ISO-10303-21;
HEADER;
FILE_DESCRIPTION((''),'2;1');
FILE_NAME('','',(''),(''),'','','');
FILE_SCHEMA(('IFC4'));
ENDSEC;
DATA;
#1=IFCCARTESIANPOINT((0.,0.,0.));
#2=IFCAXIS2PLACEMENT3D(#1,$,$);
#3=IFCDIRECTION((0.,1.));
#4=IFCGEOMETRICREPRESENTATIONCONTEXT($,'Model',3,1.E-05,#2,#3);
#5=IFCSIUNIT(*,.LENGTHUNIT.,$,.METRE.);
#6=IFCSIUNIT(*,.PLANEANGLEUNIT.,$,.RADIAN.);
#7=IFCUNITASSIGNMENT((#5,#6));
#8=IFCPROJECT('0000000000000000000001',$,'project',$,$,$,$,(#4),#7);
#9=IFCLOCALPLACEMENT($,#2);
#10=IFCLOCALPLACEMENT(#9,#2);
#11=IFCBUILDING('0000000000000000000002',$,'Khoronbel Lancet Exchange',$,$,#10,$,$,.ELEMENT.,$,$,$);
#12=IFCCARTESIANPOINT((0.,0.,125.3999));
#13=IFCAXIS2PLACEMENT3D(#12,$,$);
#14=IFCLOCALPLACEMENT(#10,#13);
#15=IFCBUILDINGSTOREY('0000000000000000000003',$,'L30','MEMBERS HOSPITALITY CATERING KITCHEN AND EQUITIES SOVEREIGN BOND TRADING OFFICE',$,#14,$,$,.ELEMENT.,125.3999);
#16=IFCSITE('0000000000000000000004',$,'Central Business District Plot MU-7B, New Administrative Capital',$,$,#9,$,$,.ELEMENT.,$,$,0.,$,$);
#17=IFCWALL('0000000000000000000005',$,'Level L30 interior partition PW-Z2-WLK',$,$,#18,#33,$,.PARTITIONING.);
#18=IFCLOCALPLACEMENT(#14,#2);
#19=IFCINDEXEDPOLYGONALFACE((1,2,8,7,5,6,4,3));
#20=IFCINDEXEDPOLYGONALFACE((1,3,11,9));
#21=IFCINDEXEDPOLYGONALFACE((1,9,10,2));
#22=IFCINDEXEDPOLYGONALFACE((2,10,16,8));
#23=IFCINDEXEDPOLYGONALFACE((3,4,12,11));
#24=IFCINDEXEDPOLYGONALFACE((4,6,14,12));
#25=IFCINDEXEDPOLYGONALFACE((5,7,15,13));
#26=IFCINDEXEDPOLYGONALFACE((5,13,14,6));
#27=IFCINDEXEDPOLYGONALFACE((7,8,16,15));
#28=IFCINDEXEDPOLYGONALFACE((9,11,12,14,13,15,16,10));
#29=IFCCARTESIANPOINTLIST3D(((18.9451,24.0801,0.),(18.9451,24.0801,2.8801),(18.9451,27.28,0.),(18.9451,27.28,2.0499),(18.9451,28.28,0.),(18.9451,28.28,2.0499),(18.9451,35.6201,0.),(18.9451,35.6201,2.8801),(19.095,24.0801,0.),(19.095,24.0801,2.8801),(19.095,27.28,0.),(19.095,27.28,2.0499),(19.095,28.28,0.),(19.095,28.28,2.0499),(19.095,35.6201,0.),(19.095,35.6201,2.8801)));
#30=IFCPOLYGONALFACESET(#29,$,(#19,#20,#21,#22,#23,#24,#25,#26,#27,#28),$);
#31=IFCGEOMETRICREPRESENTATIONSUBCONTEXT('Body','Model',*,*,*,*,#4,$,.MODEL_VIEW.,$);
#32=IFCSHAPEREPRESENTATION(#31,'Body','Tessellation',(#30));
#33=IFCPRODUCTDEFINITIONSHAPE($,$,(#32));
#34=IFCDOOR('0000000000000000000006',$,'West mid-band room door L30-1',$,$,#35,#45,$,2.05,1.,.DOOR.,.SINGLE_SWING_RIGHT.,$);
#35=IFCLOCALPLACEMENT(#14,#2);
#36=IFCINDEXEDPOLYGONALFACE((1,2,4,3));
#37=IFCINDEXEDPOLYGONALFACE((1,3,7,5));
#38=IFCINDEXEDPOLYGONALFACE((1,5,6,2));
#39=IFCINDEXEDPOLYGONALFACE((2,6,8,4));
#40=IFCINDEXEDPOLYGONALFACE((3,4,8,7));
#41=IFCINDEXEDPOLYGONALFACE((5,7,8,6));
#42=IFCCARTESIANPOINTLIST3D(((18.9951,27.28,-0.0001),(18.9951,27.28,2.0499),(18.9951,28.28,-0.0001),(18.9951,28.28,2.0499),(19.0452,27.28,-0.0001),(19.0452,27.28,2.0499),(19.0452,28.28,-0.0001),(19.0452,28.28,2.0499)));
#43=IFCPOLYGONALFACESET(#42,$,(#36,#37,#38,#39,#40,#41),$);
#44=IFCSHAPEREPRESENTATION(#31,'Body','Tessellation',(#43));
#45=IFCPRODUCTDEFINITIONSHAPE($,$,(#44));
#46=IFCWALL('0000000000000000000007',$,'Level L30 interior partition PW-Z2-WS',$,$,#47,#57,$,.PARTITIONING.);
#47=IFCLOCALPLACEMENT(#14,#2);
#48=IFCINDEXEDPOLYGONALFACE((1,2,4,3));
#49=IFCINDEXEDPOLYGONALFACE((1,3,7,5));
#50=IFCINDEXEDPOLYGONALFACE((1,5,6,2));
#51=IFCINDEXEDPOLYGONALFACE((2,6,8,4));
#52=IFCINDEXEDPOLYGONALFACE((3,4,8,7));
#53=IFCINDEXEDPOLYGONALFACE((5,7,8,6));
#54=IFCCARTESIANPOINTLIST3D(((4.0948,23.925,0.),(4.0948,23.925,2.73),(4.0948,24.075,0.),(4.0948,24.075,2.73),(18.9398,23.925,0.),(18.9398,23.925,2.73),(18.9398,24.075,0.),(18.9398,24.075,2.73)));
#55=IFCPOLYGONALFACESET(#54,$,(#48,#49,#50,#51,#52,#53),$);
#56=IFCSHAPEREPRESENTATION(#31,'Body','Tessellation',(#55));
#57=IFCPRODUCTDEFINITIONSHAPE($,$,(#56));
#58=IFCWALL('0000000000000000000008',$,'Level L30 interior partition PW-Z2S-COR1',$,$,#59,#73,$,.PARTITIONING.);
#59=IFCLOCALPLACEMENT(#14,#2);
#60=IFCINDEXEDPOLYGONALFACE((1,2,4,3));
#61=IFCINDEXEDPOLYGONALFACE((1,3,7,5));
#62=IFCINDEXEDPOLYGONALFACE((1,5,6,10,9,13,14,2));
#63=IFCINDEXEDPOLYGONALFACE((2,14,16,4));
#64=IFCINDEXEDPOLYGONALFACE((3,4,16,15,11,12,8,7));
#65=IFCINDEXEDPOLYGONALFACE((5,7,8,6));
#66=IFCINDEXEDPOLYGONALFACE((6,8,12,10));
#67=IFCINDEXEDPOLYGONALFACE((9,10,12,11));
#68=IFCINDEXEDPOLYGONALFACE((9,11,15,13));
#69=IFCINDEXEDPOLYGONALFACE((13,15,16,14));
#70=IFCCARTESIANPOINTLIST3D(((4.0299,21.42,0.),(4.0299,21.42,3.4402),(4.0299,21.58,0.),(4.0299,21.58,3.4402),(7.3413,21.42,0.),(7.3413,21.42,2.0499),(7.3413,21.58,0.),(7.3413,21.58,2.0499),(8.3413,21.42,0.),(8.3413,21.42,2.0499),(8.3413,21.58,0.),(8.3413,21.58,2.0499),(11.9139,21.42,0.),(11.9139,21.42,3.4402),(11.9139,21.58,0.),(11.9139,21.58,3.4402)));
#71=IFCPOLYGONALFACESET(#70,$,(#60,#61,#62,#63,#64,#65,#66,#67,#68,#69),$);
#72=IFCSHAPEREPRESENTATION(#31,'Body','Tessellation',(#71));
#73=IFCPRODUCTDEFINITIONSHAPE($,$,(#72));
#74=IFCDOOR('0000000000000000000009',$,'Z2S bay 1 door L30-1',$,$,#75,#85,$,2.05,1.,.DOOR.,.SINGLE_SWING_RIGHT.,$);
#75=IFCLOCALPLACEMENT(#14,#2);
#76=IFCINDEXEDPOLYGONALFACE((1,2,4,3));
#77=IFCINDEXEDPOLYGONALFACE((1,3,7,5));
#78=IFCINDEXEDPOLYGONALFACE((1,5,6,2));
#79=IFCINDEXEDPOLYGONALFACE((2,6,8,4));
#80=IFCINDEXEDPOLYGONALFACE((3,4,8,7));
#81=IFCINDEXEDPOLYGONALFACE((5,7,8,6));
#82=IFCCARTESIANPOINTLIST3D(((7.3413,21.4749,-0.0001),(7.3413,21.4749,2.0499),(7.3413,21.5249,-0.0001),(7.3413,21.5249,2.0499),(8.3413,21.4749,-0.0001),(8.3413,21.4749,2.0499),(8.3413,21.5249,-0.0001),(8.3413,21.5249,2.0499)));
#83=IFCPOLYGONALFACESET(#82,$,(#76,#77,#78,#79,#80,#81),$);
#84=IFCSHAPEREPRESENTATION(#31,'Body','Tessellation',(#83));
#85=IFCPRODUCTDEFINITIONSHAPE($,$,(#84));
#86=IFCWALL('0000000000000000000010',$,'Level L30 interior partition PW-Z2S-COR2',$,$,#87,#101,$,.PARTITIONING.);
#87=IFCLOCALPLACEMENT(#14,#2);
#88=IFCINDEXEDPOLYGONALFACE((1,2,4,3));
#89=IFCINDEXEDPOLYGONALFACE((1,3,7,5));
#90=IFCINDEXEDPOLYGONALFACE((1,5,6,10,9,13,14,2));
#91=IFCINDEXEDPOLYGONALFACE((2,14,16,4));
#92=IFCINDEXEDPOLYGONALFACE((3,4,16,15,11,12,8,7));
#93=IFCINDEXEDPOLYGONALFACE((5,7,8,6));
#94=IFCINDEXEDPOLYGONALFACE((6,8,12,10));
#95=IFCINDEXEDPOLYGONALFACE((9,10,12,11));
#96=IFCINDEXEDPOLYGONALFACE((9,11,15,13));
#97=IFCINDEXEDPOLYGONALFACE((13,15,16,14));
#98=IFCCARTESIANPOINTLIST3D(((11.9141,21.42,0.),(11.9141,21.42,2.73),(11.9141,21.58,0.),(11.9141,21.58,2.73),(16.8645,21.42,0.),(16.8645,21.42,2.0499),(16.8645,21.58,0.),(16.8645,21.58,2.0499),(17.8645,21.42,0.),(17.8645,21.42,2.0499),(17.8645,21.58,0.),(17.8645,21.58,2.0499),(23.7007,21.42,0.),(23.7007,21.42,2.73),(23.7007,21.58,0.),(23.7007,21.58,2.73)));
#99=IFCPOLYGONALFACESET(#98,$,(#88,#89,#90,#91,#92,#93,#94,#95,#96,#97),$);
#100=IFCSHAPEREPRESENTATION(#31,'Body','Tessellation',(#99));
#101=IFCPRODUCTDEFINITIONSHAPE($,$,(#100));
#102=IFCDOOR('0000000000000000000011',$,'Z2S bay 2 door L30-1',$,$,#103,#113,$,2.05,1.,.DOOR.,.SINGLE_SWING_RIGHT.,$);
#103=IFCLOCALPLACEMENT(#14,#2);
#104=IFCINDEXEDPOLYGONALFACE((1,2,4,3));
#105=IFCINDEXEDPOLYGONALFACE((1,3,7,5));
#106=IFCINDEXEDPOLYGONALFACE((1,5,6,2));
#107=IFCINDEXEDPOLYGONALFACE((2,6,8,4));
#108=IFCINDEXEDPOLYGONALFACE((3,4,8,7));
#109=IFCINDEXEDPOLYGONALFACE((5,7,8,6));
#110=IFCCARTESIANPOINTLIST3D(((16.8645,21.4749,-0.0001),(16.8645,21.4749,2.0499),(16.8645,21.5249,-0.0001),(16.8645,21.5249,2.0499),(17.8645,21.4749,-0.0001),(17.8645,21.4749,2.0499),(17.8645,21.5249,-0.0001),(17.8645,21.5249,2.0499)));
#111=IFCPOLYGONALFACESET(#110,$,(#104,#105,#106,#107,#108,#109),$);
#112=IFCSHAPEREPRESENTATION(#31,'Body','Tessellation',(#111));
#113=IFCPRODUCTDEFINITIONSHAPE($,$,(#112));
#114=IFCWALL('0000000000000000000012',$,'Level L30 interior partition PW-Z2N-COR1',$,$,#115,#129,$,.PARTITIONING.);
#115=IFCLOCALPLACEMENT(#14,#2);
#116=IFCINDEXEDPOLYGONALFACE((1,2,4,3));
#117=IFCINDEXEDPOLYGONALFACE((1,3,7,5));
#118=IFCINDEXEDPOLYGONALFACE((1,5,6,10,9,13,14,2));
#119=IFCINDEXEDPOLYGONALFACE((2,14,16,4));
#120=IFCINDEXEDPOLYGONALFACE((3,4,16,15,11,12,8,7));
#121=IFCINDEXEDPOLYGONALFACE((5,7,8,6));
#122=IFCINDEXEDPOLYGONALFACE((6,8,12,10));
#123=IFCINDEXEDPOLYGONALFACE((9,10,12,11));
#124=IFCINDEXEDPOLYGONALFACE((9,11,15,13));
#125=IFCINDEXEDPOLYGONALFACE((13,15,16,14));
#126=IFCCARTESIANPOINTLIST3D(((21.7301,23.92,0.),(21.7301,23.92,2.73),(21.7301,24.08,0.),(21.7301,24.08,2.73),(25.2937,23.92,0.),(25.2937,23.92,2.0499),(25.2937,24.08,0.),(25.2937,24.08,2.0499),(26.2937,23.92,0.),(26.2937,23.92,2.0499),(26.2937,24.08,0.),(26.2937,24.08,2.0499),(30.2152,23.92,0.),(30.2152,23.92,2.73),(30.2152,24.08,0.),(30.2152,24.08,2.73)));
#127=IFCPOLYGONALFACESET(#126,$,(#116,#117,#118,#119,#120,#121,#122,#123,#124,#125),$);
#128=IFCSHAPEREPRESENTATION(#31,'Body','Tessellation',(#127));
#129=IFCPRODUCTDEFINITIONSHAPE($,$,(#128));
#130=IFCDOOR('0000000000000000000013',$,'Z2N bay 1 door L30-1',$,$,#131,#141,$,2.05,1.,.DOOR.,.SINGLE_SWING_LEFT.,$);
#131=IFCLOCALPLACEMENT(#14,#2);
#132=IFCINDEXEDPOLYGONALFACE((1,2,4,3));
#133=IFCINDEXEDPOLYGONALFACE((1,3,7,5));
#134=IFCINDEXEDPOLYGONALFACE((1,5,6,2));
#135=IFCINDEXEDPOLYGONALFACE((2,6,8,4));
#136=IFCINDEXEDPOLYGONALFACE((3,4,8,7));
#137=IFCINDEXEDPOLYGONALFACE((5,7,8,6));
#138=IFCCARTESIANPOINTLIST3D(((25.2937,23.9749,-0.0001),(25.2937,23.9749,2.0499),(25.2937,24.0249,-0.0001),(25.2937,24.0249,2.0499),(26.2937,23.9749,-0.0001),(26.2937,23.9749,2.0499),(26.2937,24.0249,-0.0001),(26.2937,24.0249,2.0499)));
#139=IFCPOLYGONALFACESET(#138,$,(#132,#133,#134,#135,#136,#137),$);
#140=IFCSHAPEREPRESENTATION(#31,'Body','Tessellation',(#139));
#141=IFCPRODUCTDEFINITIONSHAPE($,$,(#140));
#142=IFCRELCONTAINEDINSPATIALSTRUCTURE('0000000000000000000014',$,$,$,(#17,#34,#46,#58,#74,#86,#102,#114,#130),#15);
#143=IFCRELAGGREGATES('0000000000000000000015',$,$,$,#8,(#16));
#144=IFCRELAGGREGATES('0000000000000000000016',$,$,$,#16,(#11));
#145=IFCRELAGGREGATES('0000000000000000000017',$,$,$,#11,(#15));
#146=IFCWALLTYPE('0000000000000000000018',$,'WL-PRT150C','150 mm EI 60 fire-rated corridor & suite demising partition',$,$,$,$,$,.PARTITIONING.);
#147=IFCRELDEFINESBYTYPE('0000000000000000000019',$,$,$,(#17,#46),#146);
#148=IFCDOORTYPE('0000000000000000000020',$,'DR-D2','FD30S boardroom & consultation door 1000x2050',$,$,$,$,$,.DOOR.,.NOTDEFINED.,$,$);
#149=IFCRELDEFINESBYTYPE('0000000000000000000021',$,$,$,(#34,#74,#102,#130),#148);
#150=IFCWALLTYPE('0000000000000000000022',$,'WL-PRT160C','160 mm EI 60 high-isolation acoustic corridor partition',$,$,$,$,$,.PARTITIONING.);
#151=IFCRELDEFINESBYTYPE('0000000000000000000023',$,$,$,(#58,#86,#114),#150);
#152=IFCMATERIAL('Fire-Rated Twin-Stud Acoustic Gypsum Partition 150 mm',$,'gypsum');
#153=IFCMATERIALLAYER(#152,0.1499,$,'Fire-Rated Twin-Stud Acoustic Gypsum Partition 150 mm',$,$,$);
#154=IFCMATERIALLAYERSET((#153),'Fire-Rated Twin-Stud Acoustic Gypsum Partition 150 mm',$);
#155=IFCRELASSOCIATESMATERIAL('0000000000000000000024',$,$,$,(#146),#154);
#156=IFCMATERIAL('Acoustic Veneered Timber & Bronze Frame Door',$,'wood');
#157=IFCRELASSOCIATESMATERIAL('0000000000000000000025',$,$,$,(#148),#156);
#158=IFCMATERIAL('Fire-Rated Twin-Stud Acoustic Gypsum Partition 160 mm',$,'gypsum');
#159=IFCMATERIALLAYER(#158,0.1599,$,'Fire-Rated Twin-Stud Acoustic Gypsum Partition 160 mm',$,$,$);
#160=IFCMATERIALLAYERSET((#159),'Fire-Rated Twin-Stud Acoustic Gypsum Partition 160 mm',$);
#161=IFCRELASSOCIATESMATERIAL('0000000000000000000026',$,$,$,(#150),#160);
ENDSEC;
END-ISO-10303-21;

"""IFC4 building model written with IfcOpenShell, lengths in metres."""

from ifc_helpers import new_model, si_unit, direction, frame, frame_2d, origin, place, context, subcontext, project, spatial, rectangle, extrude, material, layer, layer_set, type_object, element, fill, save


model = new_model("IFC4")

# Units and contexts
model_context = context("Model", 3, precision=1e-05, world=origin(), true_north=direction((0.0, 1.0)))
body_context = subcontext(model_context, "Body", "Model", "MODEL_VIEW")
ifc_project = project(units=[si_unit("LENGTHUNIT", "METRE"), si_unit("PLANEANGLEUNIT", "RADIAN")], contexts=[model_context])

# Site, building, storey
site_placement = place(None, origin())
site = spatial("IfcSite", under=ifc_project, at=site_placement, Name="Central Business District Plot MU-7B, New Administrative Capital", CompositionType="ELEMENT", RefElevation=0.0)
building_placement = place(site_placement, origin())
building = spatial("IfcBuilding", under=site, at=building_placement, Name="Khoronbel Lancet Exchange", CompositionType="ELEMENT")
storey_placement = place(building_placement, frame((0.0, 0.0, 125.3999)))
storey = spatial("IfcBuildingStorey", under=building, at=storey_placement, Name="L30", Description="MEMBERS HOSPITALITY CATERING KITCHEN AND EQUITIES SOVEREIGN BOND TRADING OFFICE", CompositionType="ELEMENT", Elevation=125.3999)

# Wall, opening, door
ifc_material_1 = material(Name="Fire-Rated Twin-Stud Acoustic Gypsum Partition 150 mm", Category="gypsum")
ifc_layer_1 = layer(ifc_material_1, 0.1499, Name="Fire-Rated Twin-Stud Acoustic Gypsum Partition 150 mm")
ifc_layer_set_1 = layer_set([ifc_layer_1], Name="Fire-Rated Twin-Stud Acoustic Gypsum Partition 150 mm")
wall_type_1 = type_object("IfcWallType", Name="WL-PRT150C", Description="150 mm EI 60 fire-rated corridor & suite demising partition", PredefinedType="PARTITIONING", material=ifc_layer_set_1)
wall_1_placement = place(storey_placement, frame((19.02, 24.0801, 0.0), z_axis=(0.0, 0.0, 1.0), x_axis=(0.0, 1.0, 0.0)))
wall_1 = element("IfcWall", 1, at=wall_1_placement, inside=storey, type_object=wall_type_1, Name="Level L30 interior partition PW-Z2-WLK", PredefinedType="PARTITIONING", context=body_context, shape_type="SweptSolid", body=[
    extrude(rectangle(XDim=11.54, YDim=0.1499, at=frame_2d((5.77, 0.0))), origin(), (0.0, 0.0, 1.0), 2.8801),
])
opening_1_placement = place(wall_1_placement, frame((3.2, 0.0, 0.0)))
opening_1 = element("IfcOpeningElement", 2, at=opening_1_placement, cuts=wall_1, PredefinedType="OPENING", context=body_context, shape_type="SweptSolid", body=[
    extrude(rectangle(XDim=1.0, YDim=2.05, at=frame_2d((0.5, 1.0249))), frame((0.0, 0.085, 0.0), z_axis=(0.0, -1.0, 0.0), x_axis=(1.0, 0.0, 0.0)), (0.0, 0.0, 1.0), 0.1699),
])
ifc_material_2 = material(Name="Acoustic Veneered Timber & Bronze Frame Door", Category="wood")
door_type_1 = type_object("IfcDoorType", Name="DR-D2", Description="FD30S boardroom & consultation door 1000x2050", OperationType="NOTDEFINED", PredefinedType="DOOR", material=ifc_material_2)
door_1_placement = place(opening_1_placement, origin())
door_1 = element("IfcDoor", 3, at=door_1_placement, inside=storey, type_object=door_type_1, Name="West mid-band room door L30-1", OperationType="SINGLE_SWING_RIGHT", OverallHeight=2.05, OverallWidth=1.0, PredefinedType="DOOR", context=body_context, shape_type="SweptSolid", body=[
    extrude(rectangle(XDim=1.0, YDim=2.05, at=frame_2d((0.5, 1.0249))), frame((0.0, 0.0249, 0.0), z_axis=(0.0, -1.0, 0.0), x_axis=(1.0, 0.0, 0.0)), (0.0, 0.0, 1.0), 0.05),
])
fill(opening_1, door_1)

# Wall
wall_2_placement = place(storey_placement, frame((4.095, 24.0, 0.0), z_axis=(0.0, 0.0, 1.0), x_axis=(1.0, 0.0, 0.0)))
element("IfcWall", 4, at=wall_2_placement, inside=storey, type_object=wall_type_1, Name="Level L30 interior partition PW-Z2-WS", PredefinedType="PARTITIONING", context=body_context, shape_type="SweptSolid", body=[
    extrude(rectangle(XDim=14.845, YDim=0.1499, at=frame_2d((7.4224, 0.0))), origin(), (0.0, 0.0, 1.0), 2.73),
])

# Walls, openings, doors
ifc_material_3 = material(Name="Fire-Rated Twin-Stud Acoustic Gypsum Partition 160 mm", Category="gypsum")
ifc_layer_2 = layer(ifc_material_3, 0.1599, Name="Fire-Rated Twin-Stud Acoustic Gypsum Partition 160 mm")
ifc_layer_set_2 = layer_set([ifc_layer_2], Name="Fire-Rated Twin-Stud Acoustic Gypsum Partition 160 mm")
wall_type_2 = type_object("IfcWallType", Name="WL-PRT160C", Description="160 mm EI 60 high-isolation acoustic corridor partition", PredefinedType="PARTITIONING", material=ifc_layer_set_2)
wall_3_placement = place(storey_placement, frame((4.03, 21.5, 0.0), z_axis=(0.0, 0.0, 1.0), x_axis=(1.0, 0.0, 0.0)))
wall_3 = element("IfcWall", 5, at=wall_3_placement, inside=storey, type_object=wall_type_2, Name="Level L30 interior partition PW-Z2S-COR1", PredefinedType="PARTITIONING", context=body_context, shape_type="SweptSolid", body=[
    extrude(rectangle(XDim=7.884, YDim=0.1599, at=frame_2d((3.9419, 0.0))), origin(), (0.0, 0.0, 1.0), 3.4402),
])
opening_2_placement = place(wall_3_placement, frame((3.3113, 0.0, 0.0)))
opening_2 = element("IfcOpeningElement", 6, at=opening_2_placement, cuts=wall_3, PredefinedType="OPENING", context=body_context, shape_type="SweptSolid", body=[
    extrude(rectangle(XDim=1.0, YDim=2.05, at=frame_2d((0.5, 1.0249))), frame((0.0, 0.0898, 0.0), z_axis=(0.0, -1.0, 0.0), x_axis=(1.0, 0.0, 0.0)), (0.0, 0.0, 1.0), 0.1799),
])
door_2_placement = place(opening_2_placement, origin())
door_2 = element("IfcDoor", 7, at=door_2_placement, inside=storey, type_object=door_type_1, Name="Z2S bay 1 door L30-1", OperationType="SINGLE_SWING_RIGHT", OverallHeight=2.05, OverallWidth=1.0, PredefinedType="DOOR", context=body_context, shape_type="SweptSolid", body=[
    extrude(rectangle(XDim=1.0, YDim=2.05, at=frame_2d((0.5, 1.0249))), frame((0.0, 0.0249, 0.0), z_axis=(0.0, -1.0, 0.0), x_axis=(1.0, 0.0, 0.0)), (0.0, 0.0, 1.0), 0.05),
])
fill(opening_2, door_2)
wall_4_placement = place(storey_placement, frame((11.9141, 21.5, 0.0), z_axis=(0.0, 0.0, 1.0), x_axis=(1.0, 0.0, 0.0)))
wall_4 = element("IfcWall", 8, at=wall_4_placement, inside=storey, type_object=wall_type_2, Name="Level L30 interior partition PW-Z2S-COR2", PredefinedType="PARTITIONING", context=body_context, shape_type="SweptSolid", body=[
    extrude(rectangle(XDim=11.7866, YDim=0.1599, at=frame_2d((5.8933, 0.0))), origin(), (0.0, 0.0, 1.0), 2.73),
])
opening_3_placement = place(wall_4_placement, frame((4.9504, 0.0, 0.0)))
opening_3 = element("IfcOpeningElement", 9, at=opening_3_placement, cuts=wall_4, PredefinedType="OPENING", context=body_context, shape_type="SweptSolid", body=[
    extrude(rectangle(XDim=1.0, YDim=2.05, at=frame_2d((0.5, 1.0249))), frame((0.0, 0.0898, 0.0), z_axis=(0.0, -1.0, 0.0), x_axis=(1.0, 0.0, 0.0)), (0.0, 0.0, 1.0), 0.1799),
])
door_3_placement = place(opening_3_placement, origin())
door_3 = element("IfcDoor", 10, at=door_3_placement, inside=storey, type_object=door_type_1, Name="Z2S bay 2 door L30-1", OperationType="SINGLE_SWING_RIGHT", OverallHeight=2.05, OverallWidth=1.0, PredefinedType="DOOR", context=body_context, shape_type="SweptSolid", body=[
    extrude(rectangle(XDim=1.0, YDim=2.05, at=frame_2d((0.5, 1.0249))), frame((0.0, 0.0249, 0.0), z_axis=(0.0, -1.0, 0.0), x_axis=(1.0, 0.0, 0.0)), (0.0, 0.0, 1.0), 0.05),
])
fill(opening_3, door_3)
wall_5_placement = place(storey_placement, frame((21.73, 24.0, 0.0), z_axis=(0.0, 0.0, 1.0), x_axis=(1.0, 0.0, 0.0)))
wall_5 = element("IfcWall", 11, at=wall_5_placement, inside=storey, type_object=wall_type_2, Name="Level L30 interior partition PW-Z2N-COR1", PredefinedType="PARTITIONING", context=body_context, shape_type="SweptSolid", body=[
    extrude(rectangle(XDim=8.4851, YDim=0.1599, at=frame_2d((4.2427, 0.0))), origin(), (0.0, 0.0, 1.0), 2.73),
])
opening_4_placement = place(wall_5_placement, frame((3.5637, 0.0, 0.0)))
opening_4 = element("IfcOpeningElement", 12, at=opening_4_placement, cuts=wall_5, PredefinedType="OPENING", context=body_context, shape_type="SweptSolid", body=[
    extrude(rectangle(XDim=1.0, YDim=2.05, at=frame_2d((0.5, 1.0249))), frame((0.0, 0.0898, 0.0), z_axis=(0.0, -1.0, 0.0), x_axis=(1.0, 0.0, 0.0)), (0.0, 0.0, 1.0), 0.1799),
])
door_4_placement = place(opening_4_placement, origin())
door_4 = element("IfcDoor", 13, at=door_4_placement, inside=storey, type_object=door_type_1, Name="Z2N bay 1 door L30-1", OperationType="SINGLE_SWING_LEFT", OverallHeight=2.05, OverallWidth=1.0, PredefinedType="DOOR", context=body_context, shape_type="SweptSolid", body=[
    extrude(rectangle(XDim=1.0, YDim=2.05, at=frame_2d((0.5, 1.0249))), frame((0.0, 0.0249, 0.0), z_axis=(0.0, -1.0, 0.0), x_axis=(1.0, 0.0, 0.0)), (0.0, 0.0, 1.0), 0.05),
])
fill(opening_4, door_4)

save(model, "model.ifc")
